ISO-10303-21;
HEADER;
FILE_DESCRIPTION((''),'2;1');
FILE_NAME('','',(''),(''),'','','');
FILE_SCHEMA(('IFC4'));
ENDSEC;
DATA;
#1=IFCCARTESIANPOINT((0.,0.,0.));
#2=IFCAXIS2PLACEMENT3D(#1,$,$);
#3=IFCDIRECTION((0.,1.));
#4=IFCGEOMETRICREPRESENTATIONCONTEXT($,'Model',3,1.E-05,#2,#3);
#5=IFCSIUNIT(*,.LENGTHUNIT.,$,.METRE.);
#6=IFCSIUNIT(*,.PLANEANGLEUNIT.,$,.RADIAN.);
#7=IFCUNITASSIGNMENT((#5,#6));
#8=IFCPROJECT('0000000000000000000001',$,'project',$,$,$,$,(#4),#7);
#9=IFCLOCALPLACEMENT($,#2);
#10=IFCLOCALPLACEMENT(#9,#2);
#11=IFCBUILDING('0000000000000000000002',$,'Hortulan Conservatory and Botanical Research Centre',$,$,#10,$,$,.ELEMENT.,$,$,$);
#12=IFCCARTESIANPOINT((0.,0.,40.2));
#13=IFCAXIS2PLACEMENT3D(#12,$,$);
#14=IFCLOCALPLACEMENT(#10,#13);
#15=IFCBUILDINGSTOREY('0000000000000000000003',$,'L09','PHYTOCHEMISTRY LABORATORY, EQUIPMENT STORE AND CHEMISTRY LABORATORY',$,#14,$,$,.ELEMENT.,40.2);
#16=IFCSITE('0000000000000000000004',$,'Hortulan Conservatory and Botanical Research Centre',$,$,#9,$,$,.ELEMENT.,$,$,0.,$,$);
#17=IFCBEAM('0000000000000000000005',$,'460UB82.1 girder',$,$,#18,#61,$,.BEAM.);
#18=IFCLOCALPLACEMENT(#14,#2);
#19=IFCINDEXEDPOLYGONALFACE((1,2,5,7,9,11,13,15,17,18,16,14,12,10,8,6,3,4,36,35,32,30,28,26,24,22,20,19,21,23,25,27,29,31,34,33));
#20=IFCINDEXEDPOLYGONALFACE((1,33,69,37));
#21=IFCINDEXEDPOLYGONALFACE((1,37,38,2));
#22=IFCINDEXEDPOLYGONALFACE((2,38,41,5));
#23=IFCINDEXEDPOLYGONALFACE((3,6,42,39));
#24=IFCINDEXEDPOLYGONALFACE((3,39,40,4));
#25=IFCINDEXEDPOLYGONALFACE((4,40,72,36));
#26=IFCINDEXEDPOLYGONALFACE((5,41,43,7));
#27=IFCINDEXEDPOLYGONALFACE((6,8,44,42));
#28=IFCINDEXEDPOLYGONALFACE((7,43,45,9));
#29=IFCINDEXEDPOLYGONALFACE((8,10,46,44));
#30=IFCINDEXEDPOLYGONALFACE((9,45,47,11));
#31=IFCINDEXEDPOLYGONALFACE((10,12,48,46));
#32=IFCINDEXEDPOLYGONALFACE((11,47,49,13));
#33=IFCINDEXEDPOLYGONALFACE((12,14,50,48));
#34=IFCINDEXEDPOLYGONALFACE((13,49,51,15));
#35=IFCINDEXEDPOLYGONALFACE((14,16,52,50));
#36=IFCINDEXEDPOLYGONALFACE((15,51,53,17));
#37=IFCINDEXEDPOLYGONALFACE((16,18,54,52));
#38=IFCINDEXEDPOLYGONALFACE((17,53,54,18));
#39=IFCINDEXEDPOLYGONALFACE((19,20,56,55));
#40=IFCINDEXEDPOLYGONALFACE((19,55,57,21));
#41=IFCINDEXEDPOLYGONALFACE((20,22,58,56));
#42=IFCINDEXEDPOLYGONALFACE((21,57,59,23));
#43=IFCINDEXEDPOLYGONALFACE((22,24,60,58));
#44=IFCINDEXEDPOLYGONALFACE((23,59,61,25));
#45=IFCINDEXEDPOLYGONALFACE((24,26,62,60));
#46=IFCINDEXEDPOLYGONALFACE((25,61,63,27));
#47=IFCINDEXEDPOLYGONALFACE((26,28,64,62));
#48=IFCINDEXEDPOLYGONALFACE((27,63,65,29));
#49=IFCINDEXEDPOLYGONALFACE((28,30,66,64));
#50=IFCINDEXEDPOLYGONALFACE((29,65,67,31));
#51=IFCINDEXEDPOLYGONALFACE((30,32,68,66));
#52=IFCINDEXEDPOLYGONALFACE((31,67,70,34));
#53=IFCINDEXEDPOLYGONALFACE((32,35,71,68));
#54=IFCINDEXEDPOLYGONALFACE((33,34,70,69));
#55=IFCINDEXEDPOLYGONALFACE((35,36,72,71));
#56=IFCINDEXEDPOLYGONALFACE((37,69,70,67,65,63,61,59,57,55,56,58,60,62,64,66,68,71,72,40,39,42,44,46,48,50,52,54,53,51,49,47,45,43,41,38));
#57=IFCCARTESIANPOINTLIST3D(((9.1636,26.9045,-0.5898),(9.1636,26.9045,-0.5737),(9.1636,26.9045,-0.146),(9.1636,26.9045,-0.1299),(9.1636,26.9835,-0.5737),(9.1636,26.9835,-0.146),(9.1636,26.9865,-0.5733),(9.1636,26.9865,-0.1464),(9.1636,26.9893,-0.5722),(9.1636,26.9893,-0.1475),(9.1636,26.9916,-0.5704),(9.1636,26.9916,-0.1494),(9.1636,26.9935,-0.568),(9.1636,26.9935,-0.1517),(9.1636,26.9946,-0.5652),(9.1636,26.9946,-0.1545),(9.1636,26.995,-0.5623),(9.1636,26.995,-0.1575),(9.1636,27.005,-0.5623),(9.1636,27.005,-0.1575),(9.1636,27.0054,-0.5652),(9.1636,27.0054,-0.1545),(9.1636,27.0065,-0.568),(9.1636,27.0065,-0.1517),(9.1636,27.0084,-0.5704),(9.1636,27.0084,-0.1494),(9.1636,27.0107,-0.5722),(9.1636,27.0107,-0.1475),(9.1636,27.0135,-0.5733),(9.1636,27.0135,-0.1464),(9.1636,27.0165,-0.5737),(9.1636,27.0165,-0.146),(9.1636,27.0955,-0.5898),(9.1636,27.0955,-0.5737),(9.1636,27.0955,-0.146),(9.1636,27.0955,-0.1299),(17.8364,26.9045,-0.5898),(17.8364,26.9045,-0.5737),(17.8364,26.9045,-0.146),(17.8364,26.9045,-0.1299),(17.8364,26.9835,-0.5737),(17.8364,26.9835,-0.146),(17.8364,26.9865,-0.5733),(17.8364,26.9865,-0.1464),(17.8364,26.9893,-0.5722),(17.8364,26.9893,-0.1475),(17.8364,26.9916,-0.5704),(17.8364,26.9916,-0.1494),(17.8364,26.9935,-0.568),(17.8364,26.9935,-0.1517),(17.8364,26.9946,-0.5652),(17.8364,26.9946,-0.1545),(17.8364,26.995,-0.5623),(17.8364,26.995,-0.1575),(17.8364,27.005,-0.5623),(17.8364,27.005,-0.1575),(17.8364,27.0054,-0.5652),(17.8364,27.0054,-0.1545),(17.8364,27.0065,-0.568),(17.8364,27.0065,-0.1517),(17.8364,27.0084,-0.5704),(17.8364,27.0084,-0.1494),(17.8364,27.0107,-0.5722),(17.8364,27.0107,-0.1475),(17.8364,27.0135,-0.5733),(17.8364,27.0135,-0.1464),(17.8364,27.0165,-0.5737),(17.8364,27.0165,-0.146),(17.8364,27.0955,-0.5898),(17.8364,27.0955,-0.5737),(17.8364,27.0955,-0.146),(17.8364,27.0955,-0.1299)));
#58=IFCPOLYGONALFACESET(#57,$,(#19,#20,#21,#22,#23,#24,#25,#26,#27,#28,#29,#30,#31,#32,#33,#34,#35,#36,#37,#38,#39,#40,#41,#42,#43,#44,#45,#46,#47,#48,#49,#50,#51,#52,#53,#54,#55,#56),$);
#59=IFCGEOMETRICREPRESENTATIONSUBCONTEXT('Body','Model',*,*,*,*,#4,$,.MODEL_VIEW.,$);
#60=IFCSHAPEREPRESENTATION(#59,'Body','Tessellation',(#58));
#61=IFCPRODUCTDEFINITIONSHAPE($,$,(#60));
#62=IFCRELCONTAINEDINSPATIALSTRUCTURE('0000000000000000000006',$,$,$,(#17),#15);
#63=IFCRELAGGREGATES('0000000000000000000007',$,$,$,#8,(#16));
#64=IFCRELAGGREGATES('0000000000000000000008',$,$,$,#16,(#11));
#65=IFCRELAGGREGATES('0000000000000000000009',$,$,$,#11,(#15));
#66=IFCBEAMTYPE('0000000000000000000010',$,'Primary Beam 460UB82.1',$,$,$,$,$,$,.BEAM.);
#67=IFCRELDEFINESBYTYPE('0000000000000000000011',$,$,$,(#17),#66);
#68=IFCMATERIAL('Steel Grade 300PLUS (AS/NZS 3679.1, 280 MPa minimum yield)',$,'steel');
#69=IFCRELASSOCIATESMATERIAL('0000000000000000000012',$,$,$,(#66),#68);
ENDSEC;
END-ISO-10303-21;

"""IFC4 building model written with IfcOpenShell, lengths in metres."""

from ifc_helpers import new_model, si_unit, direction, frame, origin, origin_2d, place, context, subcontext, project, spatial, i_section, extrude, material, material_profile, profile_set, type_object, element, save


model = new_model("IFC4")

# Units and contexts
model_context = context("Model", 3, precision=1e-05, world=origin(), true_north=direction((0.0, 1.0)))
body_context = subcontext(model_context, "Body", "Model", "MODEL_VIEW")
ifc_project = project(units=[si_unit("LENGTHUNIT", "METRE"), si_unit("PLANEANGLEUNIT", "RADIAN")], contexts=[model_context])

# Site, building, storey
site_placement = place(None, origin())
site = spatial("IfcSite", under=ifc_project, at=site_placement, Name="Hortulan Conservatory and Botanical Research Centre", CompositionType="ELEMENT", RefElevation=0.0)
building_placement = place(site_placement, origin())
building = spatial("IfcBuilding", under=site, at=building_placement, Name="Hortulan Conservatory and Botanical Research Centre", CompositionType="ELEMENT")
storey_placement = place(building_placement, frame((0.0, 0.0, 40.2)))
storey = spatial("IfcBuildingStorey", under=building, at=storey_placement, Name="L09", Description="PHYTOCHEMISTRY LABORATORY, EQUIPMENT STORE AND CHEMISTRY LABORATORY", CompositionType="ELEMENT", Elevation=40.2)

# Shared definitions
ifc_material_1 = material(Name="Steel Grade 300PLUS (AS/NZS 3679.1, 280 MPa minimum yield)", Category="steel")

# Beam
ifc_material_profile_1 = material_profile(ifc_material_1, i_section(OverallWidth=0.1909, OverallDepth=0.46, WebThickness=0.01, FlangeThickness=0.0161, FilletRadius=0.0115, at=origin_2d()), Name="460UB82.1")
ifc_profile_set_1 = profile_set([ifc_material_profile_1], Name="Steel Grade 300PLUS (AS/NZS 3679.1, 280 MPa minimum yield)")
beam_type = type_object("IfcBeamType", Name="Primary Beam 460UB82.1", PredefinedType="BEAM", material=ifc_profile_set_1)
beam_1_placement = place(storey_placement, frame((9.1636, 27.0, -0.3599), z_axis=(1.0, 0.0, 0.0), x_axis=(0.0, 1.0, 0.0)))
element("IfcBeam", 1, at=beam_1_placement, inside=storey, type_object=beam_type, Name="460UB82.1 girder", PredefinedType="BEAM", context=body_context, shape_type="SweptSolid", body=[
    extrude(i_section(OverallWidth=0.1909, OverallDepth=0.46, WebThickness=0.01, FlangeThickness=0.0161, FilletRadius=0.0115, at=origin_2d()), origin(), (0.0, 0.0, 1.0), 8.6729),
])

save(model, "model.ifc")
